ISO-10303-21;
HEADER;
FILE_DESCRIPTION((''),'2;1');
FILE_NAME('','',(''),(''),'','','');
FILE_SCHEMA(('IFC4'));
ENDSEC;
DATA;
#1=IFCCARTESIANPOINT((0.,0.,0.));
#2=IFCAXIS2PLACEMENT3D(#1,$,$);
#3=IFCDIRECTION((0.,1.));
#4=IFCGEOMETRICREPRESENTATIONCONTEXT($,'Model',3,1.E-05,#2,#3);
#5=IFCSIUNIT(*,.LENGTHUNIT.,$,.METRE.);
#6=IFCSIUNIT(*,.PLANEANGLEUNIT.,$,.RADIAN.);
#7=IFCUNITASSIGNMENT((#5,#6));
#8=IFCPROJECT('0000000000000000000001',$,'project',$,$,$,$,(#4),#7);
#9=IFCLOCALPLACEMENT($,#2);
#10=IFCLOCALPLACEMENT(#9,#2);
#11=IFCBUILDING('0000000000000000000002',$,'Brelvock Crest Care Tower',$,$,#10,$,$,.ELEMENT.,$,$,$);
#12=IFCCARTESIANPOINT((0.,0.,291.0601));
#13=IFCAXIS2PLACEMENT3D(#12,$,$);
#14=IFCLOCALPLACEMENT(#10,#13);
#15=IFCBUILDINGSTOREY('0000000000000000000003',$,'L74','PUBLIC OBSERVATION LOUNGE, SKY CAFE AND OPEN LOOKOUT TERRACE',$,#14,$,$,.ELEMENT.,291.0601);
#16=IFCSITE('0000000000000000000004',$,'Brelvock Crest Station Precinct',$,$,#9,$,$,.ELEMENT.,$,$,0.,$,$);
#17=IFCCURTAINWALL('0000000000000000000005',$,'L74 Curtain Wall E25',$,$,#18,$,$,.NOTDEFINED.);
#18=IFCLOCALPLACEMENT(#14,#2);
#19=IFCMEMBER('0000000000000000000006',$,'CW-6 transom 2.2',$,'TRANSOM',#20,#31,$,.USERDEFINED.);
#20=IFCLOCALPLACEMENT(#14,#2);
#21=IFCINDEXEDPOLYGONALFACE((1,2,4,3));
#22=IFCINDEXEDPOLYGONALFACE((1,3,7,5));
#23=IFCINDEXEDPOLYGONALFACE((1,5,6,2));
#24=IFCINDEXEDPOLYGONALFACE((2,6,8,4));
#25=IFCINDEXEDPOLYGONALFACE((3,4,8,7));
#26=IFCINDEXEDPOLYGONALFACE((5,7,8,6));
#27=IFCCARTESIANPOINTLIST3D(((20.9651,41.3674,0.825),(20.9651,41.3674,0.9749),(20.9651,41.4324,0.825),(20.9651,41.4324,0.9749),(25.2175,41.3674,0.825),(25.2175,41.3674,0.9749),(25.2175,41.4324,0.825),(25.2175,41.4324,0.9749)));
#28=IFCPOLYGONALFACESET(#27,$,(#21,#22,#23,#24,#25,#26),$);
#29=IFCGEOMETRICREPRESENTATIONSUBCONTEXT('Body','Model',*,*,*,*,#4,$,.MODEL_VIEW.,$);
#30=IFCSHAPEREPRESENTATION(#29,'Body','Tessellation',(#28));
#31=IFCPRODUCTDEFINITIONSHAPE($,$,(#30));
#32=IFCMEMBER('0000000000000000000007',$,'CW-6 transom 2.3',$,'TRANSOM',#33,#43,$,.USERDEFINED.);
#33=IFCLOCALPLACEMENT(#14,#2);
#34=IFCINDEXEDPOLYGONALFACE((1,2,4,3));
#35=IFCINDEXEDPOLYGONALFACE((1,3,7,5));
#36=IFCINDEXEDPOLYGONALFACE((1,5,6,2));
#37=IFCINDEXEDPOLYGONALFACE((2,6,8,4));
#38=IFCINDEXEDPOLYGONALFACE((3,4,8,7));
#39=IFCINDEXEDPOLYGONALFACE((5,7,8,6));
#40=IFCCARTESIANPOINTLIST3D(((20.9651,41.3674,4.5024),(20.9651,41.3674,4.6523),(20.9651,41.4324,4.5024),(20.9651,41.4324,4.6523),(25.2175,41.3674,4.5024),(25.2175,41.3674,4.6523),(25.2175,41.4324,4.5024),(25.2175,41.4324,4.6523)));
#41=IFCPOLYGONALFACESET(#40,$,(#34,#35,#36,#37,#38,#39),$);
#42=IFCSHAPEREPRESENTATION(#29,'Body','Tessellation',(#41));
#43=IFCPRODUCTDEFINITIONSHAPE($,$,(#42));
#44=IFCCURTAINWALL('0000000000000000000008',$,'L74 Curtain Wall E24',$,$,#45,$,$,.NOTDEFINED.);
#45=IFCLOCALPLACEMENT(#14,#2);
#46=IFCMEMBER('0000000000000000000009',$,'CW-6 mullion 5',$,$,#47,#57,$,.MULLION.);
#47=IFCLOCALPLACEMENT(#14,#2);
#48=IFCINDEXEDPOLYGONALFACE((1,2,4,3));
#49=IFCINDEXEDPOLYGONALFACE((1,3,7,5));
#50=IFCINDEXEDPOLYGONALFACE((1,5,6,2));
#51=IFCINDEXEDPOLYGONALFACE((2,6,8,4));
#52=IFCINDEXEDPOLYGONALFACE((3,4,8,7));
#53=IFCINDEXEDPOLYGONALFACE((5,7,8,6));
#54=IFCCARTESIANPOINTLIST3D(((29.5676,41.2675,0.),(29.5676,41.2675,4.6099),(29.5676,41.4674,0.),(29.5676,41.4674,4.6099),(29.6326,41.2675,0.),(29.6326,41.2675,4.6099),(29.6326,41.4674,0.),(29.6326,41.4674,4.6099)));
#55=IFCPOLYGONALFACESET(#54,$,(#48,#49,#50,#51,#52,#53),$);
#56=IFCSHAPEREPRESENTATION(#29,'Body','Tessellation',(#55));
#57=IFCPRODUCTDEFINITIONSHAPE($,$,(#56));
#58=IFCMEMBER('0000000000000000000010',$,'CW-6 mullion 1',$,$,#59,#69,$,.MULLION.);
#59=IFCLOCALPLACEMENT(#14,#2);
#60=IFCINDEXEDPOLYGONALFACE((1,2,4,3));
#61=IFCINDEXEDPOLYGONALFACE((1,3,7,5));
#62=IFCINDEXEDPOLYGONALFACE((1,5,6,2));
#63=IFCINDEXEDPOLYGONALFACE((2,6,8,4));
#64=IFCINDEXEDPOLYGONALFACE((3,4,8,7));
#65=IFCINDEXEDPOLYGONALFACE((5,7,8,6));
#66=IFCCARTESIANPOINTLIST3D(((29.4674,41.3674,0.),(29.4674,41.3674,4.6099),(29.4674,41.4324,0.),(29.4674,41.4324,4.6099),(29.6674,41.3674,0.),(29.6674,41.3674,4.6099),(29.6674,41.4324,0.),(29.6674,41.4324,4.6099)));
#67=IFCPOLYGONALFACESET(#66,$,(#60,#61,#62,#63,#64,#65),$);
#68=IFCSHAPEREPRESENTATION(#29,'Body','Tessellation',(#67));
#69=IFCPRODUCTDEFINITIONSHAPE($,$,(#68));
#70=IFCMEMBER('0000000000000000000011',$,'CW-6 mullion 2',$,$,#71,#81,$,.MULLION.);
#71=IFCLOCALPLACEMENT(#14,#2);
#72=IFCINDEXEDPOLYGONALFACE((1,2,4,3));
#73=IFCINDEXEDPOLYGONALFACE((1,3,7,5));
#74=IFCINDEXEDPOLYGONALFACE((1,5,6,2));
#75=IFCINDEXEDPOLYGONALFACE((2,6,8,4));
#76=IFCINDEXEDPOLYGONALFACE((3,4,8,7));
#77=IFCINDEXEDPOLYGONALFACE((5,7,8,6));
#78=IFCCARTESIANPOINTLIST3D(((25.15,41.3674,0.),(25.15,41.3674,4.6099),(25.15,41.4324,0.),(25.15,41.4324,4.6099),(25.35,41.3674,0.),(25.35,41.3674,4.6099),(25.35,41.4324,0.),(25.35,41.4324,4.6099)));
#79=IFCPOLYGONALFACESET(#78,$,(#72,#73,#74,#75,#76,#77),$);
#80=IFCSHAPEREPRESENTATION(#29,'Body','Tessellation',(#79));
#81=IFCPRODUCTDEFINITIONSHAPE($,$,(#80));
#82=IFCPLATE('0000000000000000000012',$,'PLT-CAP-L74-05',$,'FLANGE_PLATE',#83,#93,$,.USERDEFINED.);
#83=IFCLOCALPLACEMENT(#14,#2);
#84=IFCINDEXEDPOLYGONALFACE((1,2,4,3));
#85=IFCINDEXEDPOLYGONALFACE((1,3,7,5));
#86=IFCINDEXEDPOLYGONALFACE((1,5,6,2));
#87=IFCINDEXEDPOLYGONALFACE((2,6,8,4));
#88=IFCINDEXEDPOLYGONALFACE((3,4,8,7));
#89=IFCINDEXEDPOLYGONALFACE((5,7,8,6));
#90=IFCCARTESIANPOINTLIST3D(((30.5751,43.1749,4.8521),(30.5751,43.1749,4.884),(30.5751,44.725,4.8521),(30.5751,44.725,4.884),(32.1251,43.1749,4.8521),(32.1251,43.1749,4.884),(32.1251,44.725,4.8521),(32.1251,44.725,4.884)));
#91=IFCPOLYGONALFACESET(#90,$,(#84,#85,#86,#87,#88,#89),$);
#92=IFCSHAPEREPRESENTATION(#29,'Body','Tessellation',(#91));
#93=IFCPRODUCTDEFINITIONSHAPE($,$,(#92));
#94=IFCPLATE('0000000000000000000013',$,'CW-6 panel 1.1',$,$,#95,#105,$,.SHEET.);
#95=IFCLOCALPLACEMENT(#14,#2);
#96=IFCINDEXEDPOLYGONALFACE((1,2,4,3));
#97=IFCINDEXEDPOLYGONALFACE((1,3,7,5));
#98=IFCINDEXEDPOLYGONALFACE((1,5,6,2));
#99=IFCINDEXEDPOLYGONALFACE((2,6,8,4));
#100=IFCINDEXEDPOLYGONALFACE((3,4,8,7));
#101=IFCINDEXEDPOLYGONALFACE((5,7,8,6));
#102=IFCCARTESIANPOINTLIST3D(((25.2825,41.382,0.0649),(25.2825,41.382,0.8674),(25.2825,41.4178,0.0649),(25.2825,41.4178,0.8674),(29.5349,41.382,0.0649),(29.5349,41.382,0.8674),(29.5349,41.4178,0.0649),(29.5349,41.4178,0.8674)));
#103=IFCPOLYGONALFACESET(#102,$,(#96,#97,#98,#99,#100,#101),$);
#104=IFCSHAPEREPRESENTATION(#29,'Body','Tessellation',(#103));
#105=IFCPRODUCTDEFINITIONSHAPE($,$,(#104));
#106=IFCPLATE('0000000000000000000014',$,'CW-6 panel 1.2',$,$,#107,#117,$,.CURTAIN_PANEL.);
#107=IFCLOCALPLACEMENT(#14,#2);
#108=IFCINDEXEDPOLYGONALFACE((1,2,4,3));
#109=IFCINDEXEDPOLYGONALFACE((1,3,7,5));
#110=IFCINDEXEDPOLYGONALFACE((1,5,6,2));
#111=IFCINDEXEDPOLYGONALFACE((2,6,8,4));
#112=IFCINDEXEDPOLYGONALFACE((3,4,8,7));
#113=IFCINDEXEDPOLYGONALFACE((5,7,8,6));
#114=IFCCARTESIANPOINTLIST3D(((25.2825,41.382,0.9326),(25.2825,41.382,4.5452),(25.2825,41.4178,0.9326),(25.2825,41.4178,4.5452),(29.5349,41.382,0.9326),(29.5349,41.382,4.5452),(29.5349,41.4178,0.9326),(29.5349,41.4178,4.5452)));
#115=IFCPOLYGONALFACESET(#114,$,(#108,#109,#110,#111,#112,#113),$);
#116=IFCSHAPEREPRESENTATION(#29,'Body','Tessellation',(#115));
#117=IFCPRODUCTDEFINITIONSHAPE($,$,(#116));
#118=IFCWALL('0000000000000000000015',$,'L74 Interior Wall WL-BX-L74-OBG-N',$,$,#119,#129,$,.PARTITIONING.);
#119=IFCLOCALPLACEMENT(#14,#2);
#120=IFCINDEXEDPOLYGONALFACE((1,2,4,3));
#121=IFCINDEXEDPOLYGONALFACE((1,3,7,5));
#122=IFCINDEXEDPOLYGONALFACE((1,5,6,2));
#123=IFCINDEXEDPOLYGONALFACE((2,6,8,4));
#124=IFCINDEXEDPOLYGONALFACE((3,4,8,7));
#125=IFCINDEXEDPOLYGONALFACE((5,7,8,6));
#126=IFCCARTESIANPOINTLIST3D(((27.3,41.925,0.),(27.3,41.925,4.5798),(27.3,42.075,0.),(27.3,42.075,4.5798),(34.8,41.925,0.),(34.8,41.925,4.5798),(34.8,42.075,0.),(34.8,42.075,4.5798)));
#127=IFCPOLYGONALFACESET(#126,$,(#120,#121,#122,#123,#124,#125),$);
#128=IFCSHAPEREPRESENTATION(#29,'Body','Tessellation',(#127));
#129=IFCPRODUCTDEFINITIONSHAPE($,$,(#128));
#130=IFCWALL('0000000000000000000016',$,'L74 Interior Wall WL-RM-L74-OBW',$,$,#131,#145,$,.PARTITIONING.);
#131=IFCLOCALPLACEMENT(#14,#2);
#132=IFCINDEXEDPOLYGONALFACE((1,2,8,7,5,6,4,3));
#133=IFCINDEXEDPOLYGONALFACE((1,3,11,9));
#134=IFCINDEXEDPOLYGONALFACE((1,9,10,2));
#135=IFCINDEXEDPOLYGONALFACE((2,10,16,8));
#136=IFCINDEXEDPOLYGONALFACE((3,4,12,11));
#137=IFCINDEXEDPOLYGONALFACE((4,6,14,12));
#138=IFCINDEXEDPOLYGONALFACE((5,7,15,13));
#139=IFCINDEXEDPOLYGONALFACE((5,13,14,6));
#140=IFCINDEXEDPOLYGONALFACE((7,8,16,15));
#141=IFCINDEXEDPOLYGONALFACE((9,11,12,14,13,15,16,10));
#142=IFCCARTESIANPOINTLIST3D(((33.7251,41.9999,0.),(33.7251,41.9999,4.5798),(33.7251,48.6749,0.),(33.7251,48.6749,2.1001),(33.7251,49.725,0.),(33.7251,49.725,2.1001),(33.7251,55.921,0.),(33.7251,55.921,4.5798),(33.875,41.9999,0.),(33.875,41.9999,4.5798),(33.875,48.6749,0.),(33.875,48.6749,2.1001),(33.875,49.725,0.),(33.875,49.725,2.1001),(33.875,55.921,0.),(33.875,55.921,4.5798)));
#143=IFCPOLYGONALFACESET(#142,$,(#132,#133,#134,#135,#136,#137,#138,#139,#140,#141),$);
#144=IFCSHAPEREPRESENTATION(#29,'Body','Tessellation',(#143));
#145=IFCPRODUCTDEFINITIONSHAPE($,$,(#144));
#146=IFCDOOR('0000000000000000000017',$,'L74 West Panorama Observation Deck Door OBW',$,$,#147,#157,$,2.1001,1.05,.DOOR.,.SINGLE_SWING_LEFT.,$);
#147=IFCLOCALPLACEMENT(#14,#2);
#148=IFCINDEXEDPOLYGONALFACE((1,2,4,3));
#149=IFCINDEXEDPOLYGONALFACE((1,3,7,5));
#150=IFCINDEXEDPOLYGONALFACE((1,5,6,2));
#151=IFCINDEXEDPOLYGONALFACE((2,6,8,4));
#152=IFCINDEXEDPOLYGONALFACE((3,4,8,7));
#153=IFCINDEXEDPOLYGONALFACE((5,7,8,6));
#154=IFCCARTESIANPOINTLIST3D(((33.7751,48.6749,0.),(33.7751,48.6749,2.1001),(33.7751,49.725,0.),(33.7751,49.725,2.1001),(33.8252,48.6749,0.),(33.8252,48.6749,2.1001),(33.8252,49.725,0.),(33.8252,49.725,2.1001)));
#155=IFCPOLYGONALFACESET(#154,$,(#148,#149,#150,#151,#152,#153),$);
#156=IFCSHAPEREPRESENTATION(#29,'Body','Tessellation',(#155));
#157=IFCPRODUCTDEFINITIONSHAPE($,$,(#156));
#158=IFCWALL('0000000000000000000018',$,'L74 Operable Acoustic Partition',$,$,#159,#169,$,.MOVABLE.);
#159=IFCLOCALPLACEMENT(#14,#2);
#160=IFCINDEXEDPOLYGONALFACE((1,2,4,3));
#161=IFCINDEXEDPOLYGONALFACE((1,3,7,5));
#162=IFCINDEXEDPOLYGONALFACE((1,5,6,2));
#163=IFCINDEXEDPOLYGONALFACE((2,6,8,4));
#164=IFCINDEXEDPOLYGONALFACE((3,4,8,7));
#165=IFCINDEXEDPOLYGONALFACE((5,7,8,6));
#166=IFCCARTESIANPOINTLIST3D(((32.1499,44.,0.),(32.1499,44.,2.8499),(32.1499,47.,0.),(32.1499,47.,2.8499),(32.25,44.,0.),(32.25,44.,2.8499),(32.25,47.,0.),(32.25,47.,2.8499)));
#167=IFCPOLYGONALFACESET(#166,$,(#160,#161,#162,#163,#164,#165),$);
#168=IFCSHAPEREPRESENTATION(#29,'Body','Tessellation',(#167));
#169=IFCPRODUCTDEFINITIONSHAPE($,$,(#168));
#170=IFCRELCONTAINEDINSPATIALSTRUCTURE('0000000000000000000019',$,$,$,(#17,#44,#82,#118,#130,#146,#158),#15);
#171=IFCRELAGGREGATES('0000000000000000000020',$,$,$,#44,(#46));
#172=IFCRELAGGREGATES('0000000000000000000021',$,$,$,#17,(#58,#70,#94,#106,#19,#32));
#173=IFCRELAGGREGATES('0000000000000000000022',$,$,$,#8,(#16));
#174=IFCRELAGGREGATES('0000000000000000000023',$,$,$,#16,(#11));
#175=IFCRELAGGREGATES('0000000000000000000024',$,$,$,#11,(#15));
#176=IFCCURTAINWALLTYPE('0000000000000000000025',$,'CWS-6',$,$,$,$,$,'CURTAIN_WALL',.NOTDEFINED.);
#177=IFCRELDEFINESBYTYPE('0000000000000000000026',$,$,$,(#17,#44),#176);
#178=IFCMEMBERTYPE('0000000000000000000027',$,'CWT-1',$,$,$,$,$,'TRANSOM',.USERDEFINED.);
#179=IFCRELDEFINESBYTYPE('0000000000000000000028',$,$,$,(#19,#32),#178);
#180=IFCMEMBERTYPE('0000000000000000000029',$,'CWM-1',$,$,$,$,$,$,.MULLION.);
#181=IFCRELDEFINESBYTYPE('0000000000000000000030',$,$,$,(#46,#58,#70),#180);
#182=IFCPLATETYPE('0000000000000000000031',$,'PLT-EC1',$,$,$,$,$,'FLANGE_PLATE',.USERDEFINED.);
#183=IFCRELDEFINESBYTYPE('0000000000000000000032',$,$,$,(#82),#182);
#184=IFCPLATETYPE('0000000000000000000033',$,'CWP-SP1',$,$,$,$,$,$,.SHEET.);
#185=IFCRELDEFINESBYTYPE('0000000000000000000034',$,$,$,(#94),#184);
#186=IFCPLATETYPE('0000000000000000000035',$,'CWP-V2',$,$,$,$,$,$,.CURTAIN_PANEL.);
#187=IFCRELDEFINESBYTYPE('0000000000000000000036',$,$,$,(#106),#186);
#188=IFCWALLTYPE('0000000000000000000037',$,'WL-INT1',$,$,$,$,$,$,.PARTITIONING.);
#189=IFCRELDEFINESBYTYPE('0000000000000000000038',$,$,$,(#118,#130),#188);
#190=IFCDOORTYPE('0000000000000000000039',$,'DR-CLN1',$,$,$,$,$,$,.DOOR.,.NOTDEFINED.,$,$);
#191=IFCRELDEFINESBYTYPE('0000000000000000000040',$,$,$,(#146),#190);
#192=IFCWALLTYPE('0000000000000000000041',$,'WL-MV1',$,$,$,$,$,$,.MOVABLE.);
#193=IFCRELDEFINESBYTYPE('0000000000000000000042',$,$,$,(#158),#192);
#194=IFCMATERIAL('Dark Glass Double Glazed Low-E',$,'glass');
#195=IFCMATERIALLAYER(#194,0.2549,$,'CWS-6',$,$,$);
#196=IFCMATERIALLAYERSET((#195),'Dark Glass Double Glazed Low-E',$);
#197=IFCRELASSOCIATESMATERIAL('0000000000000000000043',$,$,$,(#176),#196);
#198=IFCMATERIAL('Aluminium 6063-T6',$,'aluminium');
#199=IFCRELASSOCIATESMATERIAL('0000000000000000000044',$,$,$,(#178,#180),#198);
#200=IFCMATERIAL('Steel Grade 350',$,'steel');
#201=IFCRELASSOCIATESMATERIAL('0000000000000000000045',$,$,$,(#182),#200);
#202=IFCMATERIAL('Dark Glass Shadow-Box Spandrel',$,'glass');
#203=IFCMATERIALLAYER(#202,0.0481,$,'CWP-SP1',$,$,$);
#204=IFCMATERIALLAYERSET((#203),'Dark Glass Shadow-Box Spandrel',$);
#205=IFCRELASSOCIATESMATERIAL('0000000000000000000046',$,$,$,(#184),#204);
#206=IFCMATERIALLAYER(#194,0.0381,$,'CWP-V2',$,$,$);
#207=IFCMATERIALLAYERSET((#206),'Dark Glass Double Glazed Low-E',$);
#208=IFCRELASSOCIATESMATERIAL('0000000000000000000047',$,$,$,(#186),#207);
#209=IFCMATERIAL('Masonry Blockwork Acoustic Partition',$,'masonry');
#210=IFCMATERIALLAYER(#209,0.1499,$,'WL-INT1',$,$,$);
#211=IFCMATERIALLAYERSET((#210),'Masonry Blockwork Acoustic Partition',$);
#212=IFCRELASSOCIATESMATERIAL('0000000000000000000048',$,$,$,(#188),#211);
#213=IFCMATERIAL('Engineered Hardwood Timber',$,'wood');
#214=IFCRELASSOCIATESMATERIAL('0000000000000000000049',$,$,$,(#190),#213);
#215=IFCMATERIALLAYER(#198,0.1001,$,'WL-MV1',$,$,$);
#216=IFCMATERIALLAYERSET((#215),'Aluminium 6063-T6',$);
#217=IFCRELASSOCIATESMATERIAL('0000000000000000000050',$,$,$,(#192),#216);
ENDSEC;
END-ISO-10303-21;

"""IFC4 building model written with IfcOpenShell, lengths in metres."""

from ifc_helpers import new_model, si_unit, direction, frame, frame_2d, origin, origin_2d, place, context, subcontext, project, spatial, rectangle, extrude, source, transform, mapped, material, layer, layer_set, material_profile, profile_set, type_object, element, fill, aggregate, save


model = new_model("IFC4")

# Units and contexts
model_context = context("Model", 3, precision=1e-05, world=origin(), true_north=direction((0.0, 1.0)))
body_context = subcontext(model_context, "Body", "Model", "MODEL_VIEW")
ifc_project = project(units=[si_unit("LENGTHUNIT", "METRE"), si_unit("PLANEANGLEUNIT", "RADIAN")], contexts=[model_context])

# Site, building, storey
site_placement = place(None, origin())
site = spatial("IfcSite", under=ifc_project, at=site_placement, Name="Brelvock Crest Station Precinct", CompositionType="ELEMENT", RefElevation=0.0)
building_placement = place(site_placement, origin())
building = spatial("IfcBuilding", under=site, at=building_placement, Name="Brelvock Crest Care Tower", CompositionType="ELEMENT")
storey_placement = place(building_placement, frame((0.0, 0.0, 291.0601)))
storey = spatial("IfcBuildingStorey", under=building, at=storey_placement, Name="L74", Description="PUBLIC OBSERVATION LOUNGE, SKY CAFE AND OPEN LOOKOUT TERRACE", CompositionType="ELEMENT", Elevation=291.0601)

# Shared definitions
ifc_material_1 = material(Name="Steel Grade 350", Category="steel")

# Curtain wall, members
ifc_material_2 = material(Name="Dark Glass Double Glazed Low-E", Category="glass")
ifc_layer_1 = layer(ifc_material_2, 0.2549, Name="CWS-6")
ifc_layer_set_1 = layer_set([ifc_layer_1], Name="Dark Glass Double Glazed Low-E")
curtain_wall_type = type_object("IfcCurtainWallType", Name="CWS-6", ElementType="CURTAIN_WALL", PredefinedType="NOTDEFINED", material=ifc_layer_set_1)
curtain_wall_1_placement = place(storey_placement, origin())
curtain_wall_1 = element("IfcCurtainWall", 1, at=curtain_wall_1_placement, inside=storey, type_object=curtain_wall_type, Name="L74 Curtain Wall E25", PredefinedType="NOTDEFINED")
ifc_material_3 = material(Name="Aluminium 6063-T6", Category="aluminium")
ifc_material_profile_1 = material_profile(ifc_material_3, rectangle(XDim=0.0649, YDim=0.1499, at=origin_2d()), Name="ALU65x150")
ifc_profile_set_1 = profile_set([ifc_material_profile_1], Name="Aluminium 6063-T6")
member_type_1 = type_object("IfcMemberType", Name="CWT-1", ElementType="TRANSOM", PredefinedType="USERDEFINED", material=ifc_profile_set_1)
shared_shape_1 = source(origin(), body_context, "Body", "SweptSolid", [
    extrude(rectangle(XDim=0.0649, YDim=0.1499, at=origin_2d()), origin(), (0.0, 0.0, 1.0), 4.2524),
])
member_1_placement = place(storey_placement, frame((25.2175, 41.3999, 0.8999), z_axis=(-1.0, 0.0, 0.0), x_axis=(0.0, -1.0, 0.0)))
member_1 = element("IfcMember", 2, at=member_1_placement, type_object=member_type_1, Name="CW-6 transom 2.2", ObjectType="TRANSOM", PredefinedType="USERDEFINED", context=body_context, shape_type="MappedRepresentation", body=[
    mapped(shared_shape_1, transform((0.0, 0.0, 0.0), x_axis=(1.0, 0.0, 0.0), y_axis=(0.0, 1.0, 0.0), z_axis=(0.0, 0.0, 1.0), scale=1.0)),
])
member_2_placement = place(storey_placement, frame((25.2175, 41.3999, 4.5774), z_axis=(-1.0, 0.0, 0.0), x_axis=(0.0, -1.0, 0.0)))
member_2 = element("IfcMember", 3, at=member_2_placement, type_object=member_type_1, Name="CW-6 transom 2.3", ObjectType="TRANSOM", PredefinedType="USERDEFINED", context=body_context, shape_type="MappedRepresentation", body=[
    mapped(shared_shape_1, transform((0.0, 0.0, 0.0), x_axis=(1.0, 0.0, 0.0), y_axis=(0.0, 1.0, 0.0), z_axis=(0.0, 0.0, 1.0), scale=1.0)),
])

# Curtain wall, member
curtain_wall_2_placement = place(storey_placement, origin())
curtain_wall_2 = element("IfcCurtainWall", 4, at=curtain_wall_2_placement, inside=storey, type_object=curtain_wall_type, Name="L74 Curtain Wall E24", PredefinedType="NOTDEFINED")
ifc_material_profile_2 = material_profile(ifc_material_3, rectangle(XDim=0.0649, YDim=0.2, at=origin_2d()), Name="ALU65x200")
ifc_profile_set_2 = profile_set([ifc_material_profile_2], Name="Aluminium 6063-T6")
member_type_2 = type_object("IfcMemberType", Name="CWM-1", PredefinedType="MULLION", material=ifc_profile_set_2)
shared_shape_2 = source(origin(), body_context, "Body", "SweptSolid", [
    extrude(rectangle(XDim=0.0649, YDim=0.2, at=origin_2d()), origin(), (0.0, 0.0, 1.0), 4.6099),
])
member_3_placement = place(storey_placement, frame((29.6001, 41.3674, 0.0), z_axis=(0.0, 0.0, 1.0), x_axis=(-1.0, 0.0, 0.0)))
member_3 = element("IfcMember", 5, at=member_3_placement, type_object=member_type_2, Name="CW-6 mullion 5", PredefinedType="MULLION", context=body_context, shape_type="MappedRepresentation", body=[
    mapped(shared_shape_2, transform((0.0, 0.0, 0.0), x_axis=(1.0, 0.0, 0.0), y_axis=(0.0, 1.0, 0.0), z_axis=(0.0, 0.0, 1.0), scale=1.0)),
])
aggregate(curtain_wall_2, [member_3])

# Members
member_4_placement = place(storey_placement, frame((29.5674, 41.3999, 0.0), z_axis=(0.0, 0.0, 1.0), x_axis=(0.0, -1.0, 0.0)))
member_4 = element("IfcMember", 6, at=member_4_placement, type_object=member_type_2, Name="CW-6 mullion 1", PredefinedType="MULLION", context=body_context, shape_type="MappedRepresentation", body=[
    mapped(shared_shape_2, transform((0.0, 0.0, 0.0), x_axis=(1.0, 0.0, 0.0), y_axis=(0.0, 1.0, 0.0), z_axis=(0.0, 0.0, 1.0), scale=1.0)),
])
member_5_placement = place(storey_placement, frame((25.25, 41.3999, 0.0), z_axis=(0.0, 0.0, 1.0), x_axis=(0.0, -1.0, 0.0)))
member_5 = element("IfcMember", 7, at=member_5_placement, type_object=member_type_2, Name="CW-6 mullion 2", PredefinedType="MULLION", context=body_context, shape_type="MappedRepresentation", body=[
    mapped(shared_shape_2, transform((0.0, 0.0, 0.0), x_axis=(1.0, 0.0, 0.0), y_axis=(0.0, 1.0, 0.0), z_axis=(0.0, 0.0, 1.0), scale=1.0)),
])

# Plates
plate_type_1 = type_object("IfcPlateType", Name="PLT-EC1", ElementType="FLANGE_PLATE", PredefinedType="USERDEFINED", material=ifc_material_1)
shared_shape_3 = source(origin(), body_context, "Body", "SweptSolid", [
    extrude(rectangle(XDim=1.55, YDim=1.55, at=origin_2d()), origin(), (0.0, 0.0, 1.0), 0.032),
])
plate_1_placement = place(storey_placement, frame((31.3501, 43.95, 4.8521), z_axis=(0.0, 0.0, 1.0), x_axis=(1.0, 0.0, 0.0)))
element("IfcPlate", 8, at=plate_1_placement, inside=storey, type_object=plate_type_1, Name="PLT-CAP-L74-05", ObjectType="FLANGE_PLATE", PredefinedType="USERDEFINED", context=body_context, shape_type="MappedRepresentation", body=[
    mapped(shared_shape_3, transform((0.0, 0.0, 0.0), x_axis=(1.0, 0.0, 0.0), y_axis=(0.0, 1.0, 0.0), z_axis=(0.0, 0.0, 1.0), scale=1.0)),
])
ifc_material_4 = material(Name="Dark Glass Shadow-Box Spandrel", Category="glass")
ifc_layer_2 = layer(ifc_material_4, 0.0481, Name="CWP-SP1")
ifc_layer_set_2 = layer_set([ifc_layer_2], Name="Dark Glass Shadow-Box Spandrel")
plate_type_2 = type_object("IfcPlateType", Name="CWP-SP1", PredefinedType="SHEET", material=ifc_layer_set_2)
shared_shape_4 = source(origin(), body_context, "Body", "SweptSolid", [
    extrude(rectangle(XDim=4.2524, YDim=0.0359, at=origin_2d()), origin(), (0.0, 0.0, 1.0), 0.8025),
])
plate_2_placement = place(storey_placement, frame((27.4087, 41.3999, 0.0649), z_axis=(0.0, 0.0, 1.0), x_axis=(-1.0, 0.0, 0.0)))
plate_2 = element("IfcPlate", 9, at=plate_2_placement, type_object=plate_type_2, Name="CW-6 panel 1.1", PredefinedType="SHEET", context=body_context, shape_type="MappedRepresentation", body=[
    mapped(shared_shape_4, transform((0.0, 0.0, 0.0), x_axis=(1.0, 0.0, 0.0), y_axis=(0.0, 1.0, 0.0), z_axis=(0.0, 0.0, 1.0), scale=1.0)),
])
ifc_layer_3 = layer(ifc_material_2, 0.0381, Name="CWP-V2")
ifc_layer_set_3 = layer_set([ifc_layer_3], Name="Dark Glass Double Glazed Low-E")
plate_type_3 = type_object("IfcPlateType", Name="CWP-V2", PredefinedType="CURTAIN_PANEL", material=ifc_layer_set_3)
shared_shape_5 = source(origin(), body_context, "Body", "SweptSolid", [
    extrude(rectangle(XDim=4.2524, YDim=0.0359, at=origin_2d()), origin(), (0.0, 0.0, 1.0), 3.6125),
])
plate_3_placement = place(storey_placement, frame((27.4087, 41.3999, 0.9326), z_axis=(0.0, 0.0, 1.0), x_axis=(-1.0, 0.0, 0.0)))
plate_3 = element("IfcPlate", 10, at=plate_3_placement, type_object=plate_type_3, Name="CW-6 panel 1.2", PredefinedType="CURTAIN_PANEL", context=body_context, shape_type="MappedRepresentation", body=[
    mapped(shared_shape_5, transform((0.0, 0.0, 0.0), x_axis=(1.0, 0.0, 0.0), y_axis=(0.0, 1.0, 0.0), z_axis=(0.0, 0.0, 1.0), scale=1.0)),
])
aggregate(curtain_wall_1, [member_4, member_5, plate_2, plate_3, member_1, member_2])

# Wall
ifc_material_5 = material(Name="Masonry Blockwork Acoustic Partition", Category="masonry")
ifc_layer_4 = layer(ifc_material_5, 0.1499, Name="WL-INT1")
ifc_layer_set_4 = layer_set([ifc_layer_4], Name="Masonry Blockwork Acoustic Partition")
wall_type_1 = type_object("IfcWallType", Name="WL-INT1", PredefinedType="PARTITIONING", material=ifc_layer_set_4)
wall_1_placement = place(storey_placement, frame((27.3, 42.0, 0.0), z_axis=(0.0, 0.0, 1.0), x_axis=(1.0, 0.0, 0.0)))
element("IfcWall", 11, at=wall_1_placement, inside=storey, type_object=wall_type_1, Name="L74 Interior Wall WL-BX-L74-OBG-N", PredefinedType="PARTITIONING", context=body_context, shape_type="SweptSolid", body=[
    extrude(rectangle(XDim=7.5, YDim=0.1499, at=frame_2d((3.75, 0.0))), origin(), (0.0, 0.0, 1.0), 4.5798),
])

# Wall, opening, door
wall_2_placement = place(storey_placement, frame((33.8, 42.0, 0.0), z_axis=(0.0, 0.0, 1.0), x_axis=(0.0, 1.0, 0.0)))
wall_2 = element("IfcWall", 12, at=wall_2_placement, inside=storey, type_object=wall_type_1, Name="L74 Interior Wall WL-RM-L74-OBW", PredefinedType="PARTITIONING", context=body_context, shape_type="SweptSolid", body=[
    extrude(rectangle(XDim=13.9211, YDim=0.1499, at=frame_2d((6.9604, 0.0))), origin(), (0.0, 0.0, 1.0), 4.5798),
])
opening_placement = place(wall_2_placement, frame((6.675, 0.0, 0.0)))
opening = element("IfcOpeningElement", 13, at=opening_placement, cuts=wall_2, PredefinedType="OPENING", context=body_context, shape_type="SweptSolid", body=[
    extrude(rectangle(XDim=1.05, YDim=2.1001, at=origin_2d()), frame((0.5249, 0.085, 1.05), z_axis=(0.0, -1.0, 0.0), x_axis=(1.0, 0.0, 0.0)), (0.0, 0.0, 1.0), 0.1699),
])
ifc_material_6 = material(Name="Engineered Hardwood Timber", Category="wood")
door_type = type_object("IfcDoorType", Name="DR-CLN1", OperationType="NOTDEFINED", PredefinedType="DOOR", material=ifc_material_6)
shared_shape_6 = source(origin(), body_context, "Body", "SweptSolid", [
    extrude(rectangle(XDim=1.05, YDim=2.1001, at=origin_2d()), frame((0.5249, 0.0249, 1.05), z_axis=(0.0, -1.0, 0.0), x_axis=(1.0, 0.0, 0.0)), (0.0, 0.0, 1.0), 0.05),
])
door_placement = place(opening_placement, origin())
door = element("IfcDoor", 14, at=door_placement, inside=storey, type_object=door_type, Name="L74 West Panorama Observation Deck Door OBW", OperationType="SINGLE_SWING_LEFT", OverallHeight=2.1001, OverallWidth=1.05, PredefinedType="DOOR", context=body_context, shape_type="MappedRepresentation", body=[
    mapped(shared_shape_6, transform((0.0, 0.0, 0.0), x_axis=(1.0, 0.0, 0.0), y_axis=(0.0, 1.0, 0.0), z_axis=(0.0, 0.0, 1.0), scale=1.0)),
])
fill(opening, door)

# Wall
ifc_layer_5 = layer(ifc_material_3, 0.1001, Name="WL-MV1")
ifc_layer_set_5 = layer_set([ifc_layer_5], Name="Aluminium 6063-T6")
wall_type_2 = type_object("IfcWallType", Name="WL-MV1", PredefinedType="MOVABLE", material=ifc_layer_set_5)
wall_3_placement = place(storey_placement, frame((32.2, 44.0, 0.0), z_axis=(0.0, 0.0, 1.0), x_axis=(0.0, 1.0, 0.0)))
element("IfcWall", 15, at=wall_3_placement, inside=storey, type_object=wall_type_2, Name="L74 Operable Acoustic Partition", PredefinedType="MOVABLE", context=body_context, shape_type="SweptSolid", body=[
    extrude(rectangle(XDim=3.0, YDim=0.1001, at=frame_2d((1.5, 0.0))), origin(), (0.0, 0.0, 1.0), 2.8499),
])

save(model, "model.ifc")
